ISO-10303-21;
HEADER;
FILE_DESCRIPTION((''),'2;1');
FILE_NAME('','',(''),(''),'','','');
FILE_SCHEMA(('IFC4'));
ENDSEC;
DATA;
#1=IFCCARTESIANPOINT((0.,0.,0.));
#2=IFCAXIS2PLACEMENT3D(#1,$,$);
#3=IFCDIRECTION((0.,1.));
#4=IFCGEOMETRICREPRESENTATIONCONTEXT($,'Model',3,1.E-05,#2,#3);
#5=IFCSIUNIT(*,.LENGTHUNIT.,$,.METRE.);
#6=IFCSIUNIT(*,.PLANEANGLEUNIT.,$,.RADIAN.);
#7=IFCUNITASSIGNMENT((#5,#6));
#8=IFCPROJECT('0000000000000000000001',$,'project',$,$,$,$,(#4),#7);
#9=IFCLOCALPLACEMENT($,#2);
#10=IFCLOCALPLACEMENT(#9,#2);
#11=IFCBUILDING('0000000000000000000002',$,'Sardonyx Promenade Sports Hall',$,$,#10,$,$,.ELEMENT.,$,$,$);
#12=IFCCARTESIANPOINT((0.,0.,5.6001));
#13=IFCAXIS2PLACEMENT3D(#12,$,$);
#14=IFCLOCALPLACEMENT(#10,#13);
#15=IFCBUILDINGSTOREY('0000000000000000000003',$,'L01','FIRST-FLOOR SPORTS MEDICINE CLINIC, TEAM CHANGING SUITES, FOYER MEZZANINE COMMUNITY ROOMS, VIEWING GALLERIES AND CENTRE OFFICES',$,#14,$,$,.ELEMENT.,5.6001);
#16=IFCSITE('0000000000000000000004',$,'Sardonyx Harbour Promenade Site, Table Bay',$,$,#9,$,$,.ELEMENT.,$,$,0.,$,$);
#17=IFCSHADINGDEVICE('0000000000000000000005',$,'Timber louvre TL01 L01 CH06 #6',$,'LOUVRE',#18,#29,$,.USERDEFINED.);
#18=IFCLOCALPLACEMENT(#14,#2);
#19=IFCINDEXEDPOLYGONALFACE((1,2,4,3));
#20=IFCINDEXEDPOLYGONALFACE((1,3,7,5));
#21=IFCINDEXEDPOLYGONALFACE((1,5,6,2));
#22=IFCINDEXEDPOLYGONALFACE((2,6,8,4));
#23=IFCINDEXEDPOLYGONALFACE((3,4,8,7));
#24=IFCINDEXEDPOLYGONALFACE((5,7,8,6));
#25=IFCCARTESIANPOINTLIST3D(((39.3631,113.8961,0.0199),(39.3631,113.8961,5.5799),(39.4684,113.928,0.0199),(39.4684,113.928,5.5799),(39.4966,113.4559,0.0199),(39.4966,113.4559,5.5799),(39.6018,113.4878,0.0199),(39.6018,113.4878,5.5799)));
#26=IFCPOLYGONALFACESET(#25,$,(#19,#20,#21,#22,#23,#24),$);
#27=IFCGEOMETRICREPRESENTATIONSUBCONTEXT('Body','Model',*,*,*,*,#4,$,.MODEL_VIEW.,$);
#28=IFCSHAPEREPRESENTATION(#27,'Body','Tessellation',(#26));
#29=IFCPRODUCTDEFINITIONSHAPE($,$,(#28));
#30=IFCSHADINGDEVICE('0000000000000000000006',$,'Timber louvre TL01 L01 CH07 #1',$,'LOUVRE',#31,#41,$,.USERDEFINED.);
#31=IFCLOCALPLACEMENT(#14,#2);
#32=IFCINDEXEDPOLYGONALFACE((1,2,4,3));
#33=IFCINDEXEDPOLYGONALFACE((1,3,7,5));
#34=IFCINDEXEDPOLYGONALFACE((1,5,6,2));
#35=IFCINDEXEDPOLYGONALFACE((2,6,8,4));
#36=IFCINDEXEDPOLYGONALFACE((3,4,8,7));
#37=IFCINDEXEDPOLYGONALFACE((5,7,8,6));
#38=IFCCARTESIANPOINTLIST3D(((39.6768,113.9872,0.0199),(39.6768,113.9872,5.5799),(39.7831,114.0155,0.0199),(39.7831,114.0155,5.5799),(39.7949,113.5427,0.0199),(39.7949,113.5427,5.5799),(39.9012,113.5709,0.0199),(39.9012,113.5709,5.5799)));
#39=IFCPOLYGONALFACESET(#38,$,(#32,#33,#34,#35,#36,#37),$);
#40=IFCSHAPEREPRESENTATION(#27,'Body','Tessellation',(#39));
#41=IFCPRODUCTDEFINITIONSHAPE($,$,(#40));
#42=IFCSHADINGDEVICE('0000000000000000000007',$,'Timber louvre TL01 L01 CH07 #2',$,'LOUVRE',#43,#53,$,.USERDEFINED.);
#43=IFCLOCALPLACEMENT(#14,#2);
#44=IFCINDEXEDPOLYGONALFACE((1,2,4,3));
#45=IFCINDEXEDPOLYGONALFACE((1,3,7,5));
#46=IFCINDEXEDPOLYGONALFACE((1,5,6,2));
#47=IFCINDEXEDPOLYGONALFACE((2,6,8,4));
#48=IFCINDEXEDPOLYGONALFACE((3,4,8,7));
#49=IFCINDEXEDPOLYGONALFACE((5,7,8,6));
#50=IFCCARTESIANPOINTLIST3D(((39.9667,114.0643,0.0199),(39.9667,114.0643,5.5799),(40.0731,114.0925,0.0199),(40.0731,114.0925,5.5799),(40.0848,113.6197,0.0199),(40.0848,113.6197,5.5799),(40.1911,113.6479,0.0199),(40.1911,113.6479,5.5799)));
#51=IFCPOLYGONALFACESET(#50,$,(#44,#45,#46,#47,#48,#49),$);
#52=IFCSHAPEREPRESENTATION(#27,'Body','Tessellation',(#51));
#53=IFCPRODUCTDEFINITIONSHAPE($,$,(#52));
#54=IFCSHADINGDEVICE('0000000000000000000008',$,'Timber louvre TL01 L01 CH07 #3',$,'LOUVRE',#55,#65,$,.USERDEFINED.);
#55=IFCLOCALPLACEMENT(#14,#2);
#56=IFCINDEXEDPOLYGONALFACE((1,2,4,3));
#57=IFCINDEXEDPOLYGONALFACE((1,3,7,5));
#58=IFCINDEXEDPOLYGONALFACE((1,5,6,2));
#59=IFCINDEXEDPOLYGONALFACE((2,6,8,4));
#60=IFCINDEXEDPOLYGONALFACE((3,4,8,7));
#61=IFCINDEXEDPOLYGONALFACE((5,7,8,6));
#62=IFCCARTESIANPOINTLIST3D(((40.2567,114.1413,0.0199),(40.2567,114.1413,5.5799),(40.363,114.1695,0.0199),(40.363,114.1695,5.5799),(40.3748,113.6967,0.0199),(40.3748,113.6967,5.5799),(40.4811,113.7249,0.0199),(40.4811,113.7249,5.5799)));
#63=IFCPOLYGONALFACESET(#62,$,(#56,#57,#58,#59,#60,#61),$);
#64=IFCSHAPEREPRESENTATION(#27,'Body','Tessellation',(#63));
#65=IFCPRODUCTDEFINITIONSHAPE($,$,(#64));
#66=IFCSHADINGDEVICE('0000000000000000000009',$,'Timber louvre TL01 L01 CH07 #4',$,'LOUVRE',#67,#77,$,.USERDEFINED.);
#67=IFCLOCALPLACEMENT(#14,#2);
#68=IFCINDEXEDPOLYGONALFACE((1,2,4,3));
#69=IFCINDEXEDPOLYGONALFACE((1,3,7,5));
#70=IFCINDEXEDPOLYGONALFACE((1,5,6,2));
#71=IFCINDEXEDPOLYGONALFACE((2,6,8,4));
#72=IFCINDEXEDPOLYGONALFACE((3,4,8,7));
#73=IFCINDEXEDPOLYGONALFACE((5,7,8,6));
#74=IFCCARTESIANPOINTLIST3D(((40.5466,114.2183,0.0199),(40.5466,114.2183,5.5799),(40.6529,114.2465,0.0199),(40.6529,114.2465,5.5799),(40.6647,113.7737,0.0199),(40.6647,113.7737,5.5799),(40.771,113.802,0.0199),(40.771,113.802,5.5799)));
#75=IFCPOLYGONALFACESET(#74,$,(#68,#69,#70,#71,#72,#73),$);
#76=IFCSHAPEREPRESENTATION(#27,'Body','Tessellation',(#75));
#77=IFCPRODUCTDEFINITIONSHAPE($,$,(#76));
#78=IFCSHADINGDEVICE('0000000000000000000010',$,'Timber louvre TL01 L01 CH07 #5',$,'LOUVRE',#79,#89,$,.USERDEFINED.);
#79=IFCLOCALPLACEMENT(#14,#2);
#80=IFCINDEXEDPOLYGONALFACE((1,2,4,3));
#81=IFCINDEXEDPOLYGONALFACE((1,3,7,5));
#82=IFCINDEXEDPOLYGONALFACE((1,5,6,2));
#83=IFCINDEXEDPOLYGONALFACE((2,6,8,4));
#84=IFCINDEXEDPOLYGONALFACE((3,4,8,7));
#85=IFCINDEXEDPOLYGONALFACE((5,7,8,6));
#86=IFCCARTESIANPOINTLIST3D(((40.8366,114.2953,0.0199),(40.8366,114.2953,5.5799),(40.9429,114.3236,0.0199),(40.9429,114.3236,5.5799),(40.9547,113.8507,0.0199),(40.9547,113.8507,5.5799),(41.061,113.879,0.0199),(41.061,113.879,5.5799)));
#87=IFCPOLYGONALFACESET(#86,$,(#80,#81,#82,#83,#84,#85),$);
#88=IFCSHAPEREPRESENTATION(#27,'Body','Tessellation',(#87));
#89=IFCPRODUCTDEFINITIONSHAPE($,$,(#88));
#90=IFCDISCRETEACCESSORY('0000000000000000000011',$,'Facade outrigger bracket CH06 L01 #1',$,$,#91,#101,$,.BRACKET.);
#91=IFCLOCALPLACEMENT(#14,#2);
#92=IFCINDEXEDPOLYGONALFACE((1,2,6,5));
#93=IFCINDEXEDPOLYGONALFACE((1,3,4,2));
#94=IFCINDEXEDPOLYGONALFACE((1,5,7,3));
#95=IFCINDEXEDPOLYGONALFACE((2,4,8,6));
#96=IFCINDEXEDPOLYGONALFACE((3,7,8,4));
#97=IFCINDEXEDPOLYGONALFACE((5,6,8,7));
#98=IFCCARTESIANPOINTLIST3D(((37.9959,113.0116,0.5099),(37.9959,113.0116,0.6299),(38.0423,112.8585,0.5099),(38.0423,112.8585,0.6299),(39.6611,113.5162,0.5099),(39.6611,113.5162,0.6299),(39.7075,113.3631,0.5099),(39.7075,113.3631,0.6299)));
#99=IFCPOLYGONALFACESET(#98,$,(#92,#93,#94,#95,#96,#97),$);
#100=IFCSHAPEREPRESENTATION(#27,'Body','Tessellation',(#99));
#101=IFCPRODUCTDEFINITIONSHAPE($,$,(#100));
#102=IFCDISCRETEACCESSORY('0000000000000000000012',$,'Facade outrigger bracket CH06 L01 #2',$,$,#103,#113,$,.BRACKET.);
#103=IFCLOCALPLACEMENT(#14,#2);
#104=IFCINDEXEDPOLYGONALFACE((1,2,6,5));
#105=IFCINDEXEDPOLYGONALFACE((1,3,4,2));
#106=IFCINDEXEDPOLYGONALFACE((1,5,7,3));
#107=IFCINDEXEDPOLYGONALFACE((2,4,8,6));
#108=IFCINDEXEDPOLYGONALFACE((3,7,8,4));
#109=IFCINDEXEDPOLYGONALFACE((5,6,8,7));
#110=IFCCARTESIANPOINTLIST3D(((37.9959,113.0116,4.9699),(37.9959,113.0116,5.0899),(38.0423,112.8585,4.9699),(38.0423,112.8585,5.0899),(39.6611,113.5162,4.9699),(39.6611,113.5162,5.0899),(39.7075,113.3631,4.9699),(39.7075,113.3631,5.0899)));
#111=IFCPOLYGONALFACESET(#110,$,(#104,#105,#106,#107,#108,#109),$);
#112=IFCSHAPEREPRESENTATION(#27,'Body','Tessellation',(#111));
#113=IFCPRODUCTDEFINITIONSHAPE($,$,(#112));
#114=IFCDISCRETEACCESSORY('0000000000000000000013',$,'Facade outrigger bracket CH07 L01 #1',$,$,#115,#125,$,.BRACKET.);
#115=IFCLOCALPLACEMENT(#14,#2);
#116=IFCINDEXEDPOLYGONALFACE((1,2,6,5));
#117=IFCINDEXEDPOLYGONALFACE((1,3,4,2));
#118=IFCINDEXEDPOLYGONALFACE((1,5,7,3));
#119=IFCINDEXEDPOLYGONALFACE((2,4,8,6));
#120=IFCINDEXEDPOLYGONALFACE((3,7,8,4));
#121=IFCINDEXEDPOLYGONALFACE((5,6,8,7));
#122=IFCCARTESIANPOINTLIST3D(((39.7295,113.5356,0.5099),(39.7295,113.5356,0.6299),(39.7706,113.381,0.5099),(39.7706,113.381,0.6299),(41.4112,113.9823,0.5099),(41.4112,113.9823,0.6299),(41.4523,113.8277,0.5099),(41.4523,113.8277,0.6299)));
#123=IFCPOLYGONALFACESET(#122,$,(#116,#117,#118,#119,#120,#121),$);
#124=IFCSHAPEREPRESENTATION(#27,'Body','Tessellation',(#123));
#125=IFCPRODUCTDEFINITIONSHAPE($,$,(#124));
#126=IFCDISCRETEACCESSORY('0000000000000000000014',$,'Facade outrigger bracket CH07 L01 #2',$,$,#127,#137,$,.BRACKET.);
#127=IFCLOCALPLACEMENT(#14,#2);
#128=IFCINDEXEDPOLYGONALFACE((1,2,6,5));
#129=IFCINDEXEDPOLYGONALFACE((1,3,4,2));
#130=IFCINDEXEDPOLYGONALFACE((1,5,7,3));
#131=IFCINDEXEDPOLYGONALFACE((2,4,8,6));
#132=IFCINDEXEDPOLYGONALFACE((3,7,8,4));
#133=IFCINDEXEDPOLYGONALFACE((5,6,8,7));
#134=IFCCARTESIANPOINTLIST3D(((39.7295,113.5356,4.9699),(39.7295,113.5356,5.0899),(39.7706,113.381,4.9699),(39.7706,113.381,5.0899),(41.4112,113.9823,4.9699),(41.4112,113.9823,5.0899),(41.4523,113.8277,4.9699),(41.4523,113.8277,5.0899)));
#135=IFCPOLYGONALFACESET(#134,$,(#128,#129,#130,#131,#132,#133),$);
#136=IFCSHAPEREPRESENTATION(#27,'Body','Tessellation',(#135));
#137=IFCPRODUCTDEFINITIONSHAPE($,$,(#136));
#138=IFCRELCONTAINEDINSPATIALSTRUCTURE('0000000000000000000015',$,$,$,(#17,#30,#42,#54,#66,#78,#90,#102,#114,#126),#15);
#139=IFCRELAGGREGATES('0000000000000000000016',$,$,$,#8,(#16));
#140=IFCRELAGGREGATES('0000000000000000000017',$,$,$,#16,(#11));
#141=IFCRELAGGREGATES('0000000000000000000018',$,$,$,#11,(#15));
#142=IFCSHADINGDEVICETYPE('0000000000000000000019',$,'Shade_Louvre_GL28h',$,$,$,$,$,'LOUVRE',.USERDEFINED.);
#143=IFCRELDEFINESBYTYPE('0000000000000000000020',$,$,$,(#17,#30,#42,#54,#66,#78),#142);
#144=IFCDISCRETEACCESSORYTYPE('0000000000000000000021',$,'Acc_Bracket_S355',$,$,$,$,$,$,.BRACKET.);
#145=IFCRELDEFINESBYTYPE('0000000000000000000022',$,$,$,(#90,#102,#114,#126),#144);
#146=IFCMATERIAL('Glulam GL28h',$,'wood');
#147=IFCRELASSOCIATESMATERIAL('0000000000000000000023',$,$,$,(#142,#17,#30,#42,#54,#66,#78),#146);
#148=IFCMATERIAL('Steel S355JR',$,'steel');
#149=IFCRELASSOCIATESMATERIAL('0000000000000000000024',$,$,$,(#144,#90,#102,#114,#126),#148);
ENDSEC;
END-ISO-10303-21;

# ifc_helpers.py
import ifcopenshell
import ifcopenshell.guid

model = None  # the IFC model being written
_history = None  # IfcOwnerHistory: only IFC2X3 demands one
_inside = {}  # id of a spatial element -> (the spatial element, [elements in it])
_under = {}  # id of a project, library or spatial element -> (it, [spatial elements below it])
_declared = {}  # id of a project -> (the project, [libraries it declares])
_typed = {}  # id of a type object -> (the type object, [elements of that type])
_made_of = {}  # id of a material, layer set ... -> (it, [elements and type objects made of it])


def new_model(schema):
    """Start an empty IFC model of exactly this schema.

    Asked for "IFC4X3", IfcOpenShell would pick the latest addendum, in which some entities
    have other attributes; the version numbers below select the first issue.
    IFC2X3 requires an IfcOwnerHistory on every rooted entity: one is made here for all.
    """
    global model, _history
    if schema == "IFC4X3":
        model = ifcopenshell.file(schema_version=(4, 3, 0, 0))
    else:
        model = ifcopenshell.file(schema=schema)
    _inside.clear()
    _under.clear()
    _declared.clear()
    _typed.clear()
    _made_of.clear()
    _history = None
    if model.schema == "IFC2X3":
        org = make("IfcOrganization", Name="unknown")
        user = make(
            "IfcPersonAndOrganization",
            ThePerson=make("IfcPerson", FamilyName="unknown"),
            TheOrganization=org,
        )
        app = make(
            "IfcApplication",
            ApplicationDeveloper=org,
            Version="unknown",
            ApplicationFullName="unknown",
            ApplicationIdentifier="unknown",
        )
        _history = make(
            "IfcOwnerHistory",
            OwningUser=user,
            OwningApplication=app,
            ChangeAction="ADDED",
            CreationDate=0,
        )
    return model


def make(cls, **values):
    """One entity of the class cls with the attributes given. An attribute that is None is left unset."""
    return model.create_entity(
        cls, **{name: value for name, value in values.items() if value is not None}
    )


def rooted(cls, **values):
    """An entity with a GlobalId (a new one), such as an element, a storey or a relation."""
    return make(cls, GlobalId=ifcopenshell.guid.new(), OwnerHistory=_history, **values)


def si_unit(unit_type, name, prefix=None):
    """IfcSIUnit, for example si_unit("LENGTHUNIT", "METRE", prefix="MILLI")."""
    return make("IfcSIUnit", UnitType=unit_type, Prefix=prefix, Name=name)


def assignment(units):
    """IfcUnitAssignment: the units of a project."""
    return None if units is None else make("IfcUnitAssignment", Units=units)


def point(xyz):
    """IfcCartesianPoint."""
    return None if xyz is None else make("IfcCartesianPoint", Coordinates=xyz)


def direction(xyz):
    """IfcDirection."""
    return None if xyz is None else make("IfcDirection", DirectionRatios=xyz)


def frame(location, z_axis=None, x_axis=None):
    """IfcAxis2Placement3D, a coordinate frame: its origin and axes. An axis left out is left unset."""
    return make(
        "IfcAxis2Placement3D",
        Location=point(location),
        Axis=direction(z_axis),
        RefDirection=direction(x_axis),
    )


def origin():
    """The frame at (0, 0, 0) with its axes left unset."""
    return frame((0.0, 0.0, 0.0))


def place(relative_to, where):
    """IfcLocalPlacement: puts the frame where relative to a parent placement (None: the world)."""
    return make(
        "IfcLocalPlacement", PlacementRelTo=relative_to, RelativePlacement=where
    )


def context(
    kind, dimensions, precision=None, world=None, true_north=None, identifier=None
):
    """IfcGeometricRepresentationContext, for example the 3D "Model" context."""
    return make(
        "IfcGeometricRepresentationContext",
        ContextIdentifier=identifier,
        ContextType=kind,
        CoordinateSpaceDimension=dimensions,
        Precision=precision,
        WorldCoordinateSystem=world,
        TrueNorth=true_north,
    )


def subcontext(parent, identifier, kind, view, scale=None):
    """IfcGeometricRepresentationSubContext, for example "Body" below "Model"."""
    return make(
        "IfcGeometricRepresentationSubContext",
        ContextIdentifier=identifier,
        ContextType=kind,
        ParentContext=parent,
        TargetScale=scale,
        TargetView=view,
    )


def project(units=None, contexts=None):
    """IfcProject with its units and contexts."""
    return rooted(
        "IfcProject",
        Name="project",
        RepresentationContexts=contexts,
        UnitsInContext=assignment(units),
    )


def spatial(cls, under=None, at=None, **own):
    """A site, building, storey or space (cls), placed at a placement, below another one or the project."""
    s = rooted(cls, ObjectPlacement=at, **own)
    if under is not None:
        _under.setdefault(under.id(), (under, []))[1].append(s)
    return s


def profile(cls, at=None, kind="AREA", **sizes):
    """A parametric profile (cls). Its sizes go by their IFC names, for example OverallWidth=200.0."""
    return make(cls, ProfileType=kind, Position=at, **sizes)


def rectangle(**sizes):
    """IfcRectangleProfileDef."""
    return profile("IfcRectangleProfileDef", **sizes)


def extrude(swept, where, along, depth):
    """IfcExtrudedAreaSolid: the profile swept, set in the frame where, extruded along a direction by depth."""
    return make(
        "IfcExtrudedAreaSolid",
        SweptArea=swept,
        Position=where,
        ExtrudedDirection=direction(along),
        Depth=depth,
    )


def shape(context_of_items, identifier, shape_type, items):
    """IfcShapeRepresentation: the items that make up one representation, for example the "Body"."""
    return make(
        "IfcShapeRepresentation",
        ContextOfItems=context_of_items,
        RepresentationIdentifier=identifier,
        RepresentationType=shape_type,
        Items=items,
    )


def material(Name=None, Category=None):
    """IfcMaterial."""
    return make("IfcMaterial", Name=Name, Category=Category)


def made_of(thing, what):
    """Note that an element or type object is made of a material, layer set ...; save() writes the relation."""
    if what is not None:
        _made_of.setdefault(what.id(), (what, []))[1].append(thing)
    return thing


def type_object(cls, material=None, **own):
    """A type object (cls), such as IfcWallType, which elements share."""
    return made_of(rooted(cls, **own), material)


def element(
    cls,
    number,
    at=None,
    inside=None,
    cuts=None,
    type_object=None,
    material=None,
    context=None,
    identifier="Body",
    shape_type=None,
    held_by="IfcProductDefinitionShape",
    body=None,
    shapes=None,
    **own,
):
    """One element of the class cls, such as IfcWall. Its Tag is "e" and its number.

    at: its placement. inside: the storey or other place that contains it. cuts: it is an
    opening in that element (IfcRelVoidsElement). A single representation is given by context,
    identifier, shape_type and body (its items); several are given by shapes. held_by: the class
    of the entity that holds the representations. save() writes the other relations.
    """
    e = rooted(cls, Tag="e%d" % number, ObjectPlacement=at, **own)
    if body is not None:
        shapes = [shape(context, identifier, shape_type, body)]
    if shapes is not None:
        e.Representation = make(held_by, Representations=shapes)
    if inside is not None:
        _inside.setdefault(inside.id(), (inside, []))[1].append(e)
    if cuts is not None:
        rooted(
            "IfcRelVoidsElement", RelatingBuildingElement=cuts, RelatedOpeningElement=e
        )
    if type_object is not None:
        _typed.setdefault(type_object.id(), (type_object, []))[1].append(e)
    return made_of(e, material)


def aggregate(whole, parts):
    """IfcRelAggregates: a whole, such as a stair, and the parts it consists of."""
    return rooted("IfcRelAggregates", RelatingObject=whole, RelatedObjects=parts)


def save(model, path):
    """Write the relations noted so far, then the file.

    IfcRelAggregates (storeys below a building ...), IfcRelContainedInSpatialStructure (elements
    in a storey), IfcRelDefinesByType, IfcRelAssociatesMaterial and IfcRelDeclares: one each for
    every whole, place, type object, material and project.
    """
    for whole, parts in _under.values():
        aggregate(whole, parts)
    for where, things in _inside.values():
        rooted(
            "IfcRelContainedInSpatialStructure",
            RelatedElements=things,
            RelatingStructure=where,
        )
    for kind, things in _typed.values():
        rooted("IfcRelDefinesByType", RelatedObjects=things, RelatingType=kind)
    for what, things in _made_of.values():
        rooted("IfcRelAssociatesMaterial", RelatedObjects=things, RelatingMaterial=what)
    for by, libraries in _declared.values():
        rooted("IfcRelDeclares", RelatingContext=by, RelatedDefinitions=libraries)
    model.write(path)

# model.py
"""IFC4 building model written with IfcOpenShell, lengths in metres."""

from ifc_helpers import new_model, si_unit, direction, frame, origin, place, context, subcontext, project, spatial, rectangle, extrude, material, type_object, element, save


model = new_model("IFC4")

# Units and contexts
model_context = context("Model", 3, precision=1e-05, world=origin(), true_north=direction((0.0, 1.0)))
body_context = subcontext(model_context, "Body", "Model", "MODEL_VIEW")
ifc_project = project(units=[si_unit("LENGTHUNIT", "METRE"), si_unit("PLANEANGLEUNIT", "RADIAN")], contexts=[model_context])

# Site, building, storey
site_placement = place(None, origin())
site = spatial("IfcSite", under=ifc_project, at=site_placement, Name="Sardonyx Harbour Promenade Site, Table Bay", CompositionType="ELEMENT", RefElevation=0.0)
building_placement = place(site_placement, origin())
building = spatial("IfcBuilding", under=site, at=building_placement, Name="Sardonyx Promenade Sports Hall", CompositionType="ELEMENT")
storey_placement = place(building_placement, frame((0.0, 0.0, 5.6001)))
storey = spatial("IfcBuildingStorey", under=building, at=storey_placement, Name="L01", Description="FIRST-FLOOR SPORTS MEDICINE CLINIC, TEAM CHANGING SUITES, FOYER MEZZANINE COMMUNITY ROOMS, VIEWING GALLERIES AND CENTRE OFFICES", CompositionType="ELEMENT", Elevation=5.6001)

# Shading devices
ifc_material_1 = material(Name="Glulam GL28h", Category="wood")
shading_device_type = type_object("IfcShadingDeviceType", Name="Shade_Louvre_GL28h", ElementType="LOUVRE", PredefinedType="USERDEFINED", material=ifc_material_1)
for number, where, z_axis, x_axis, name in (
    (1, (39.4825, 113.692, 0.0199), (0.0, 0.0, 1.0), (0.957021, 0.290017, 0.0), "Timber louvre TL01 L01 CH06 #6"),
    (2, (39.789, 113.7791, 0.0199), (0.0, 0.0, 1.0), (0.966485, 0.256721, 0.0), "Timber louvre TL01 L01 CH07 #1"),
    (3, (40.0789, 113.8561, 0.0199), (0.0, 0.0, 1.0), (0.966485, 0.256721, 0.0), "Timber louvre TL01 L01 CH07 #2"),
    (4, (40.3689, 113.9331, 0.0199), (0.0, 0.0, 1.0), (0.966485, 0.256721, 0.0), "Timber louvre TL01 L01 CH07 #3"),
    (5, (40.6588, 114.0101, 0.0199), (0.0, 0.0, 1.0), (0.966485, 0.256721, 0.0), "Timber louvre TL01 L01 CH07 #4"),
    (6, (40.9488, 114.0871, 0.0199), (0.0, 0.0, 1.0), (0.966485, 0.256721, 0.0), "Timber louvre TL01 L01 CH07 #5"),
):
    element("IfcShadingDevice", number, at=place(storey_placement, frame(where, z_axis=z_axis, x_axis=x_axis)), inside=storey, type_object=shading_device_type, material=ifc_material_1, Name=name, ObjectType="LOUVRE", PredefinedType="USERDEFINED", context=body_context, shape_type="SweptSolid", body=[
        extrude(rectangle(XDim=0.11, YDim=0.46), origin(), (0.0, 0.0, 1.0), 5.56),
    ])

# Discrete accessories
ifc_material_2 = material(Name="Steel S355JR", Category="steel")
discrete_accessory_type = type_object("IfcDiscreteAccessoryType", Name="Acc_Bracket_S355", PredefinedType="BRACKET", material=ifc_material_2)
for number, where, z_axis, x_axis, name in (
    (7, (38.8517, 113.1873, 0.5099), (0.0, 0.0, 1.0), (0.957021, 0.290017, 0.0), "Facade outrigger bracket CH06 L01 #1"),
    (8, (38.8517, 113.1873, 4.9699), (0.0, 0.0, 1.0), (0.957021, 0.290017, 0.0), "Facade outrigger bracket CH06 L01 #2"),
    (9, (40.5909, 113.6817, 0.5099), (0.0, 0.0, 1.0), (0.966485, 0.256721, 0.0), "Facade outrigger bracket CH07 L01 #1"),
    (10, (40.5909, 113.6817, 4.9699), (0.0, 0.0, 1.0), (0.966485, 0.256721, 0.0), "Facade outrigger bracket CH07 L01 #2"),
):
    element("IfcDiscreteAccessory", number, at=place(storey_placement, frame(where, z_axis=z_axis, x_axis=x_axis)), inside=storey, type_object=discrete_accessory_type, material=ifc_material_2, Name=name, PredefinedType="BRACKET", context=body_context, shape_type="SweptSolid", body=[
        extrude(rectangle(XDim=1.74, YDim=0.16), origin(), (0.0, 0.0, 1.0), 0.12),
    ])

save(model, "model.ifc")
